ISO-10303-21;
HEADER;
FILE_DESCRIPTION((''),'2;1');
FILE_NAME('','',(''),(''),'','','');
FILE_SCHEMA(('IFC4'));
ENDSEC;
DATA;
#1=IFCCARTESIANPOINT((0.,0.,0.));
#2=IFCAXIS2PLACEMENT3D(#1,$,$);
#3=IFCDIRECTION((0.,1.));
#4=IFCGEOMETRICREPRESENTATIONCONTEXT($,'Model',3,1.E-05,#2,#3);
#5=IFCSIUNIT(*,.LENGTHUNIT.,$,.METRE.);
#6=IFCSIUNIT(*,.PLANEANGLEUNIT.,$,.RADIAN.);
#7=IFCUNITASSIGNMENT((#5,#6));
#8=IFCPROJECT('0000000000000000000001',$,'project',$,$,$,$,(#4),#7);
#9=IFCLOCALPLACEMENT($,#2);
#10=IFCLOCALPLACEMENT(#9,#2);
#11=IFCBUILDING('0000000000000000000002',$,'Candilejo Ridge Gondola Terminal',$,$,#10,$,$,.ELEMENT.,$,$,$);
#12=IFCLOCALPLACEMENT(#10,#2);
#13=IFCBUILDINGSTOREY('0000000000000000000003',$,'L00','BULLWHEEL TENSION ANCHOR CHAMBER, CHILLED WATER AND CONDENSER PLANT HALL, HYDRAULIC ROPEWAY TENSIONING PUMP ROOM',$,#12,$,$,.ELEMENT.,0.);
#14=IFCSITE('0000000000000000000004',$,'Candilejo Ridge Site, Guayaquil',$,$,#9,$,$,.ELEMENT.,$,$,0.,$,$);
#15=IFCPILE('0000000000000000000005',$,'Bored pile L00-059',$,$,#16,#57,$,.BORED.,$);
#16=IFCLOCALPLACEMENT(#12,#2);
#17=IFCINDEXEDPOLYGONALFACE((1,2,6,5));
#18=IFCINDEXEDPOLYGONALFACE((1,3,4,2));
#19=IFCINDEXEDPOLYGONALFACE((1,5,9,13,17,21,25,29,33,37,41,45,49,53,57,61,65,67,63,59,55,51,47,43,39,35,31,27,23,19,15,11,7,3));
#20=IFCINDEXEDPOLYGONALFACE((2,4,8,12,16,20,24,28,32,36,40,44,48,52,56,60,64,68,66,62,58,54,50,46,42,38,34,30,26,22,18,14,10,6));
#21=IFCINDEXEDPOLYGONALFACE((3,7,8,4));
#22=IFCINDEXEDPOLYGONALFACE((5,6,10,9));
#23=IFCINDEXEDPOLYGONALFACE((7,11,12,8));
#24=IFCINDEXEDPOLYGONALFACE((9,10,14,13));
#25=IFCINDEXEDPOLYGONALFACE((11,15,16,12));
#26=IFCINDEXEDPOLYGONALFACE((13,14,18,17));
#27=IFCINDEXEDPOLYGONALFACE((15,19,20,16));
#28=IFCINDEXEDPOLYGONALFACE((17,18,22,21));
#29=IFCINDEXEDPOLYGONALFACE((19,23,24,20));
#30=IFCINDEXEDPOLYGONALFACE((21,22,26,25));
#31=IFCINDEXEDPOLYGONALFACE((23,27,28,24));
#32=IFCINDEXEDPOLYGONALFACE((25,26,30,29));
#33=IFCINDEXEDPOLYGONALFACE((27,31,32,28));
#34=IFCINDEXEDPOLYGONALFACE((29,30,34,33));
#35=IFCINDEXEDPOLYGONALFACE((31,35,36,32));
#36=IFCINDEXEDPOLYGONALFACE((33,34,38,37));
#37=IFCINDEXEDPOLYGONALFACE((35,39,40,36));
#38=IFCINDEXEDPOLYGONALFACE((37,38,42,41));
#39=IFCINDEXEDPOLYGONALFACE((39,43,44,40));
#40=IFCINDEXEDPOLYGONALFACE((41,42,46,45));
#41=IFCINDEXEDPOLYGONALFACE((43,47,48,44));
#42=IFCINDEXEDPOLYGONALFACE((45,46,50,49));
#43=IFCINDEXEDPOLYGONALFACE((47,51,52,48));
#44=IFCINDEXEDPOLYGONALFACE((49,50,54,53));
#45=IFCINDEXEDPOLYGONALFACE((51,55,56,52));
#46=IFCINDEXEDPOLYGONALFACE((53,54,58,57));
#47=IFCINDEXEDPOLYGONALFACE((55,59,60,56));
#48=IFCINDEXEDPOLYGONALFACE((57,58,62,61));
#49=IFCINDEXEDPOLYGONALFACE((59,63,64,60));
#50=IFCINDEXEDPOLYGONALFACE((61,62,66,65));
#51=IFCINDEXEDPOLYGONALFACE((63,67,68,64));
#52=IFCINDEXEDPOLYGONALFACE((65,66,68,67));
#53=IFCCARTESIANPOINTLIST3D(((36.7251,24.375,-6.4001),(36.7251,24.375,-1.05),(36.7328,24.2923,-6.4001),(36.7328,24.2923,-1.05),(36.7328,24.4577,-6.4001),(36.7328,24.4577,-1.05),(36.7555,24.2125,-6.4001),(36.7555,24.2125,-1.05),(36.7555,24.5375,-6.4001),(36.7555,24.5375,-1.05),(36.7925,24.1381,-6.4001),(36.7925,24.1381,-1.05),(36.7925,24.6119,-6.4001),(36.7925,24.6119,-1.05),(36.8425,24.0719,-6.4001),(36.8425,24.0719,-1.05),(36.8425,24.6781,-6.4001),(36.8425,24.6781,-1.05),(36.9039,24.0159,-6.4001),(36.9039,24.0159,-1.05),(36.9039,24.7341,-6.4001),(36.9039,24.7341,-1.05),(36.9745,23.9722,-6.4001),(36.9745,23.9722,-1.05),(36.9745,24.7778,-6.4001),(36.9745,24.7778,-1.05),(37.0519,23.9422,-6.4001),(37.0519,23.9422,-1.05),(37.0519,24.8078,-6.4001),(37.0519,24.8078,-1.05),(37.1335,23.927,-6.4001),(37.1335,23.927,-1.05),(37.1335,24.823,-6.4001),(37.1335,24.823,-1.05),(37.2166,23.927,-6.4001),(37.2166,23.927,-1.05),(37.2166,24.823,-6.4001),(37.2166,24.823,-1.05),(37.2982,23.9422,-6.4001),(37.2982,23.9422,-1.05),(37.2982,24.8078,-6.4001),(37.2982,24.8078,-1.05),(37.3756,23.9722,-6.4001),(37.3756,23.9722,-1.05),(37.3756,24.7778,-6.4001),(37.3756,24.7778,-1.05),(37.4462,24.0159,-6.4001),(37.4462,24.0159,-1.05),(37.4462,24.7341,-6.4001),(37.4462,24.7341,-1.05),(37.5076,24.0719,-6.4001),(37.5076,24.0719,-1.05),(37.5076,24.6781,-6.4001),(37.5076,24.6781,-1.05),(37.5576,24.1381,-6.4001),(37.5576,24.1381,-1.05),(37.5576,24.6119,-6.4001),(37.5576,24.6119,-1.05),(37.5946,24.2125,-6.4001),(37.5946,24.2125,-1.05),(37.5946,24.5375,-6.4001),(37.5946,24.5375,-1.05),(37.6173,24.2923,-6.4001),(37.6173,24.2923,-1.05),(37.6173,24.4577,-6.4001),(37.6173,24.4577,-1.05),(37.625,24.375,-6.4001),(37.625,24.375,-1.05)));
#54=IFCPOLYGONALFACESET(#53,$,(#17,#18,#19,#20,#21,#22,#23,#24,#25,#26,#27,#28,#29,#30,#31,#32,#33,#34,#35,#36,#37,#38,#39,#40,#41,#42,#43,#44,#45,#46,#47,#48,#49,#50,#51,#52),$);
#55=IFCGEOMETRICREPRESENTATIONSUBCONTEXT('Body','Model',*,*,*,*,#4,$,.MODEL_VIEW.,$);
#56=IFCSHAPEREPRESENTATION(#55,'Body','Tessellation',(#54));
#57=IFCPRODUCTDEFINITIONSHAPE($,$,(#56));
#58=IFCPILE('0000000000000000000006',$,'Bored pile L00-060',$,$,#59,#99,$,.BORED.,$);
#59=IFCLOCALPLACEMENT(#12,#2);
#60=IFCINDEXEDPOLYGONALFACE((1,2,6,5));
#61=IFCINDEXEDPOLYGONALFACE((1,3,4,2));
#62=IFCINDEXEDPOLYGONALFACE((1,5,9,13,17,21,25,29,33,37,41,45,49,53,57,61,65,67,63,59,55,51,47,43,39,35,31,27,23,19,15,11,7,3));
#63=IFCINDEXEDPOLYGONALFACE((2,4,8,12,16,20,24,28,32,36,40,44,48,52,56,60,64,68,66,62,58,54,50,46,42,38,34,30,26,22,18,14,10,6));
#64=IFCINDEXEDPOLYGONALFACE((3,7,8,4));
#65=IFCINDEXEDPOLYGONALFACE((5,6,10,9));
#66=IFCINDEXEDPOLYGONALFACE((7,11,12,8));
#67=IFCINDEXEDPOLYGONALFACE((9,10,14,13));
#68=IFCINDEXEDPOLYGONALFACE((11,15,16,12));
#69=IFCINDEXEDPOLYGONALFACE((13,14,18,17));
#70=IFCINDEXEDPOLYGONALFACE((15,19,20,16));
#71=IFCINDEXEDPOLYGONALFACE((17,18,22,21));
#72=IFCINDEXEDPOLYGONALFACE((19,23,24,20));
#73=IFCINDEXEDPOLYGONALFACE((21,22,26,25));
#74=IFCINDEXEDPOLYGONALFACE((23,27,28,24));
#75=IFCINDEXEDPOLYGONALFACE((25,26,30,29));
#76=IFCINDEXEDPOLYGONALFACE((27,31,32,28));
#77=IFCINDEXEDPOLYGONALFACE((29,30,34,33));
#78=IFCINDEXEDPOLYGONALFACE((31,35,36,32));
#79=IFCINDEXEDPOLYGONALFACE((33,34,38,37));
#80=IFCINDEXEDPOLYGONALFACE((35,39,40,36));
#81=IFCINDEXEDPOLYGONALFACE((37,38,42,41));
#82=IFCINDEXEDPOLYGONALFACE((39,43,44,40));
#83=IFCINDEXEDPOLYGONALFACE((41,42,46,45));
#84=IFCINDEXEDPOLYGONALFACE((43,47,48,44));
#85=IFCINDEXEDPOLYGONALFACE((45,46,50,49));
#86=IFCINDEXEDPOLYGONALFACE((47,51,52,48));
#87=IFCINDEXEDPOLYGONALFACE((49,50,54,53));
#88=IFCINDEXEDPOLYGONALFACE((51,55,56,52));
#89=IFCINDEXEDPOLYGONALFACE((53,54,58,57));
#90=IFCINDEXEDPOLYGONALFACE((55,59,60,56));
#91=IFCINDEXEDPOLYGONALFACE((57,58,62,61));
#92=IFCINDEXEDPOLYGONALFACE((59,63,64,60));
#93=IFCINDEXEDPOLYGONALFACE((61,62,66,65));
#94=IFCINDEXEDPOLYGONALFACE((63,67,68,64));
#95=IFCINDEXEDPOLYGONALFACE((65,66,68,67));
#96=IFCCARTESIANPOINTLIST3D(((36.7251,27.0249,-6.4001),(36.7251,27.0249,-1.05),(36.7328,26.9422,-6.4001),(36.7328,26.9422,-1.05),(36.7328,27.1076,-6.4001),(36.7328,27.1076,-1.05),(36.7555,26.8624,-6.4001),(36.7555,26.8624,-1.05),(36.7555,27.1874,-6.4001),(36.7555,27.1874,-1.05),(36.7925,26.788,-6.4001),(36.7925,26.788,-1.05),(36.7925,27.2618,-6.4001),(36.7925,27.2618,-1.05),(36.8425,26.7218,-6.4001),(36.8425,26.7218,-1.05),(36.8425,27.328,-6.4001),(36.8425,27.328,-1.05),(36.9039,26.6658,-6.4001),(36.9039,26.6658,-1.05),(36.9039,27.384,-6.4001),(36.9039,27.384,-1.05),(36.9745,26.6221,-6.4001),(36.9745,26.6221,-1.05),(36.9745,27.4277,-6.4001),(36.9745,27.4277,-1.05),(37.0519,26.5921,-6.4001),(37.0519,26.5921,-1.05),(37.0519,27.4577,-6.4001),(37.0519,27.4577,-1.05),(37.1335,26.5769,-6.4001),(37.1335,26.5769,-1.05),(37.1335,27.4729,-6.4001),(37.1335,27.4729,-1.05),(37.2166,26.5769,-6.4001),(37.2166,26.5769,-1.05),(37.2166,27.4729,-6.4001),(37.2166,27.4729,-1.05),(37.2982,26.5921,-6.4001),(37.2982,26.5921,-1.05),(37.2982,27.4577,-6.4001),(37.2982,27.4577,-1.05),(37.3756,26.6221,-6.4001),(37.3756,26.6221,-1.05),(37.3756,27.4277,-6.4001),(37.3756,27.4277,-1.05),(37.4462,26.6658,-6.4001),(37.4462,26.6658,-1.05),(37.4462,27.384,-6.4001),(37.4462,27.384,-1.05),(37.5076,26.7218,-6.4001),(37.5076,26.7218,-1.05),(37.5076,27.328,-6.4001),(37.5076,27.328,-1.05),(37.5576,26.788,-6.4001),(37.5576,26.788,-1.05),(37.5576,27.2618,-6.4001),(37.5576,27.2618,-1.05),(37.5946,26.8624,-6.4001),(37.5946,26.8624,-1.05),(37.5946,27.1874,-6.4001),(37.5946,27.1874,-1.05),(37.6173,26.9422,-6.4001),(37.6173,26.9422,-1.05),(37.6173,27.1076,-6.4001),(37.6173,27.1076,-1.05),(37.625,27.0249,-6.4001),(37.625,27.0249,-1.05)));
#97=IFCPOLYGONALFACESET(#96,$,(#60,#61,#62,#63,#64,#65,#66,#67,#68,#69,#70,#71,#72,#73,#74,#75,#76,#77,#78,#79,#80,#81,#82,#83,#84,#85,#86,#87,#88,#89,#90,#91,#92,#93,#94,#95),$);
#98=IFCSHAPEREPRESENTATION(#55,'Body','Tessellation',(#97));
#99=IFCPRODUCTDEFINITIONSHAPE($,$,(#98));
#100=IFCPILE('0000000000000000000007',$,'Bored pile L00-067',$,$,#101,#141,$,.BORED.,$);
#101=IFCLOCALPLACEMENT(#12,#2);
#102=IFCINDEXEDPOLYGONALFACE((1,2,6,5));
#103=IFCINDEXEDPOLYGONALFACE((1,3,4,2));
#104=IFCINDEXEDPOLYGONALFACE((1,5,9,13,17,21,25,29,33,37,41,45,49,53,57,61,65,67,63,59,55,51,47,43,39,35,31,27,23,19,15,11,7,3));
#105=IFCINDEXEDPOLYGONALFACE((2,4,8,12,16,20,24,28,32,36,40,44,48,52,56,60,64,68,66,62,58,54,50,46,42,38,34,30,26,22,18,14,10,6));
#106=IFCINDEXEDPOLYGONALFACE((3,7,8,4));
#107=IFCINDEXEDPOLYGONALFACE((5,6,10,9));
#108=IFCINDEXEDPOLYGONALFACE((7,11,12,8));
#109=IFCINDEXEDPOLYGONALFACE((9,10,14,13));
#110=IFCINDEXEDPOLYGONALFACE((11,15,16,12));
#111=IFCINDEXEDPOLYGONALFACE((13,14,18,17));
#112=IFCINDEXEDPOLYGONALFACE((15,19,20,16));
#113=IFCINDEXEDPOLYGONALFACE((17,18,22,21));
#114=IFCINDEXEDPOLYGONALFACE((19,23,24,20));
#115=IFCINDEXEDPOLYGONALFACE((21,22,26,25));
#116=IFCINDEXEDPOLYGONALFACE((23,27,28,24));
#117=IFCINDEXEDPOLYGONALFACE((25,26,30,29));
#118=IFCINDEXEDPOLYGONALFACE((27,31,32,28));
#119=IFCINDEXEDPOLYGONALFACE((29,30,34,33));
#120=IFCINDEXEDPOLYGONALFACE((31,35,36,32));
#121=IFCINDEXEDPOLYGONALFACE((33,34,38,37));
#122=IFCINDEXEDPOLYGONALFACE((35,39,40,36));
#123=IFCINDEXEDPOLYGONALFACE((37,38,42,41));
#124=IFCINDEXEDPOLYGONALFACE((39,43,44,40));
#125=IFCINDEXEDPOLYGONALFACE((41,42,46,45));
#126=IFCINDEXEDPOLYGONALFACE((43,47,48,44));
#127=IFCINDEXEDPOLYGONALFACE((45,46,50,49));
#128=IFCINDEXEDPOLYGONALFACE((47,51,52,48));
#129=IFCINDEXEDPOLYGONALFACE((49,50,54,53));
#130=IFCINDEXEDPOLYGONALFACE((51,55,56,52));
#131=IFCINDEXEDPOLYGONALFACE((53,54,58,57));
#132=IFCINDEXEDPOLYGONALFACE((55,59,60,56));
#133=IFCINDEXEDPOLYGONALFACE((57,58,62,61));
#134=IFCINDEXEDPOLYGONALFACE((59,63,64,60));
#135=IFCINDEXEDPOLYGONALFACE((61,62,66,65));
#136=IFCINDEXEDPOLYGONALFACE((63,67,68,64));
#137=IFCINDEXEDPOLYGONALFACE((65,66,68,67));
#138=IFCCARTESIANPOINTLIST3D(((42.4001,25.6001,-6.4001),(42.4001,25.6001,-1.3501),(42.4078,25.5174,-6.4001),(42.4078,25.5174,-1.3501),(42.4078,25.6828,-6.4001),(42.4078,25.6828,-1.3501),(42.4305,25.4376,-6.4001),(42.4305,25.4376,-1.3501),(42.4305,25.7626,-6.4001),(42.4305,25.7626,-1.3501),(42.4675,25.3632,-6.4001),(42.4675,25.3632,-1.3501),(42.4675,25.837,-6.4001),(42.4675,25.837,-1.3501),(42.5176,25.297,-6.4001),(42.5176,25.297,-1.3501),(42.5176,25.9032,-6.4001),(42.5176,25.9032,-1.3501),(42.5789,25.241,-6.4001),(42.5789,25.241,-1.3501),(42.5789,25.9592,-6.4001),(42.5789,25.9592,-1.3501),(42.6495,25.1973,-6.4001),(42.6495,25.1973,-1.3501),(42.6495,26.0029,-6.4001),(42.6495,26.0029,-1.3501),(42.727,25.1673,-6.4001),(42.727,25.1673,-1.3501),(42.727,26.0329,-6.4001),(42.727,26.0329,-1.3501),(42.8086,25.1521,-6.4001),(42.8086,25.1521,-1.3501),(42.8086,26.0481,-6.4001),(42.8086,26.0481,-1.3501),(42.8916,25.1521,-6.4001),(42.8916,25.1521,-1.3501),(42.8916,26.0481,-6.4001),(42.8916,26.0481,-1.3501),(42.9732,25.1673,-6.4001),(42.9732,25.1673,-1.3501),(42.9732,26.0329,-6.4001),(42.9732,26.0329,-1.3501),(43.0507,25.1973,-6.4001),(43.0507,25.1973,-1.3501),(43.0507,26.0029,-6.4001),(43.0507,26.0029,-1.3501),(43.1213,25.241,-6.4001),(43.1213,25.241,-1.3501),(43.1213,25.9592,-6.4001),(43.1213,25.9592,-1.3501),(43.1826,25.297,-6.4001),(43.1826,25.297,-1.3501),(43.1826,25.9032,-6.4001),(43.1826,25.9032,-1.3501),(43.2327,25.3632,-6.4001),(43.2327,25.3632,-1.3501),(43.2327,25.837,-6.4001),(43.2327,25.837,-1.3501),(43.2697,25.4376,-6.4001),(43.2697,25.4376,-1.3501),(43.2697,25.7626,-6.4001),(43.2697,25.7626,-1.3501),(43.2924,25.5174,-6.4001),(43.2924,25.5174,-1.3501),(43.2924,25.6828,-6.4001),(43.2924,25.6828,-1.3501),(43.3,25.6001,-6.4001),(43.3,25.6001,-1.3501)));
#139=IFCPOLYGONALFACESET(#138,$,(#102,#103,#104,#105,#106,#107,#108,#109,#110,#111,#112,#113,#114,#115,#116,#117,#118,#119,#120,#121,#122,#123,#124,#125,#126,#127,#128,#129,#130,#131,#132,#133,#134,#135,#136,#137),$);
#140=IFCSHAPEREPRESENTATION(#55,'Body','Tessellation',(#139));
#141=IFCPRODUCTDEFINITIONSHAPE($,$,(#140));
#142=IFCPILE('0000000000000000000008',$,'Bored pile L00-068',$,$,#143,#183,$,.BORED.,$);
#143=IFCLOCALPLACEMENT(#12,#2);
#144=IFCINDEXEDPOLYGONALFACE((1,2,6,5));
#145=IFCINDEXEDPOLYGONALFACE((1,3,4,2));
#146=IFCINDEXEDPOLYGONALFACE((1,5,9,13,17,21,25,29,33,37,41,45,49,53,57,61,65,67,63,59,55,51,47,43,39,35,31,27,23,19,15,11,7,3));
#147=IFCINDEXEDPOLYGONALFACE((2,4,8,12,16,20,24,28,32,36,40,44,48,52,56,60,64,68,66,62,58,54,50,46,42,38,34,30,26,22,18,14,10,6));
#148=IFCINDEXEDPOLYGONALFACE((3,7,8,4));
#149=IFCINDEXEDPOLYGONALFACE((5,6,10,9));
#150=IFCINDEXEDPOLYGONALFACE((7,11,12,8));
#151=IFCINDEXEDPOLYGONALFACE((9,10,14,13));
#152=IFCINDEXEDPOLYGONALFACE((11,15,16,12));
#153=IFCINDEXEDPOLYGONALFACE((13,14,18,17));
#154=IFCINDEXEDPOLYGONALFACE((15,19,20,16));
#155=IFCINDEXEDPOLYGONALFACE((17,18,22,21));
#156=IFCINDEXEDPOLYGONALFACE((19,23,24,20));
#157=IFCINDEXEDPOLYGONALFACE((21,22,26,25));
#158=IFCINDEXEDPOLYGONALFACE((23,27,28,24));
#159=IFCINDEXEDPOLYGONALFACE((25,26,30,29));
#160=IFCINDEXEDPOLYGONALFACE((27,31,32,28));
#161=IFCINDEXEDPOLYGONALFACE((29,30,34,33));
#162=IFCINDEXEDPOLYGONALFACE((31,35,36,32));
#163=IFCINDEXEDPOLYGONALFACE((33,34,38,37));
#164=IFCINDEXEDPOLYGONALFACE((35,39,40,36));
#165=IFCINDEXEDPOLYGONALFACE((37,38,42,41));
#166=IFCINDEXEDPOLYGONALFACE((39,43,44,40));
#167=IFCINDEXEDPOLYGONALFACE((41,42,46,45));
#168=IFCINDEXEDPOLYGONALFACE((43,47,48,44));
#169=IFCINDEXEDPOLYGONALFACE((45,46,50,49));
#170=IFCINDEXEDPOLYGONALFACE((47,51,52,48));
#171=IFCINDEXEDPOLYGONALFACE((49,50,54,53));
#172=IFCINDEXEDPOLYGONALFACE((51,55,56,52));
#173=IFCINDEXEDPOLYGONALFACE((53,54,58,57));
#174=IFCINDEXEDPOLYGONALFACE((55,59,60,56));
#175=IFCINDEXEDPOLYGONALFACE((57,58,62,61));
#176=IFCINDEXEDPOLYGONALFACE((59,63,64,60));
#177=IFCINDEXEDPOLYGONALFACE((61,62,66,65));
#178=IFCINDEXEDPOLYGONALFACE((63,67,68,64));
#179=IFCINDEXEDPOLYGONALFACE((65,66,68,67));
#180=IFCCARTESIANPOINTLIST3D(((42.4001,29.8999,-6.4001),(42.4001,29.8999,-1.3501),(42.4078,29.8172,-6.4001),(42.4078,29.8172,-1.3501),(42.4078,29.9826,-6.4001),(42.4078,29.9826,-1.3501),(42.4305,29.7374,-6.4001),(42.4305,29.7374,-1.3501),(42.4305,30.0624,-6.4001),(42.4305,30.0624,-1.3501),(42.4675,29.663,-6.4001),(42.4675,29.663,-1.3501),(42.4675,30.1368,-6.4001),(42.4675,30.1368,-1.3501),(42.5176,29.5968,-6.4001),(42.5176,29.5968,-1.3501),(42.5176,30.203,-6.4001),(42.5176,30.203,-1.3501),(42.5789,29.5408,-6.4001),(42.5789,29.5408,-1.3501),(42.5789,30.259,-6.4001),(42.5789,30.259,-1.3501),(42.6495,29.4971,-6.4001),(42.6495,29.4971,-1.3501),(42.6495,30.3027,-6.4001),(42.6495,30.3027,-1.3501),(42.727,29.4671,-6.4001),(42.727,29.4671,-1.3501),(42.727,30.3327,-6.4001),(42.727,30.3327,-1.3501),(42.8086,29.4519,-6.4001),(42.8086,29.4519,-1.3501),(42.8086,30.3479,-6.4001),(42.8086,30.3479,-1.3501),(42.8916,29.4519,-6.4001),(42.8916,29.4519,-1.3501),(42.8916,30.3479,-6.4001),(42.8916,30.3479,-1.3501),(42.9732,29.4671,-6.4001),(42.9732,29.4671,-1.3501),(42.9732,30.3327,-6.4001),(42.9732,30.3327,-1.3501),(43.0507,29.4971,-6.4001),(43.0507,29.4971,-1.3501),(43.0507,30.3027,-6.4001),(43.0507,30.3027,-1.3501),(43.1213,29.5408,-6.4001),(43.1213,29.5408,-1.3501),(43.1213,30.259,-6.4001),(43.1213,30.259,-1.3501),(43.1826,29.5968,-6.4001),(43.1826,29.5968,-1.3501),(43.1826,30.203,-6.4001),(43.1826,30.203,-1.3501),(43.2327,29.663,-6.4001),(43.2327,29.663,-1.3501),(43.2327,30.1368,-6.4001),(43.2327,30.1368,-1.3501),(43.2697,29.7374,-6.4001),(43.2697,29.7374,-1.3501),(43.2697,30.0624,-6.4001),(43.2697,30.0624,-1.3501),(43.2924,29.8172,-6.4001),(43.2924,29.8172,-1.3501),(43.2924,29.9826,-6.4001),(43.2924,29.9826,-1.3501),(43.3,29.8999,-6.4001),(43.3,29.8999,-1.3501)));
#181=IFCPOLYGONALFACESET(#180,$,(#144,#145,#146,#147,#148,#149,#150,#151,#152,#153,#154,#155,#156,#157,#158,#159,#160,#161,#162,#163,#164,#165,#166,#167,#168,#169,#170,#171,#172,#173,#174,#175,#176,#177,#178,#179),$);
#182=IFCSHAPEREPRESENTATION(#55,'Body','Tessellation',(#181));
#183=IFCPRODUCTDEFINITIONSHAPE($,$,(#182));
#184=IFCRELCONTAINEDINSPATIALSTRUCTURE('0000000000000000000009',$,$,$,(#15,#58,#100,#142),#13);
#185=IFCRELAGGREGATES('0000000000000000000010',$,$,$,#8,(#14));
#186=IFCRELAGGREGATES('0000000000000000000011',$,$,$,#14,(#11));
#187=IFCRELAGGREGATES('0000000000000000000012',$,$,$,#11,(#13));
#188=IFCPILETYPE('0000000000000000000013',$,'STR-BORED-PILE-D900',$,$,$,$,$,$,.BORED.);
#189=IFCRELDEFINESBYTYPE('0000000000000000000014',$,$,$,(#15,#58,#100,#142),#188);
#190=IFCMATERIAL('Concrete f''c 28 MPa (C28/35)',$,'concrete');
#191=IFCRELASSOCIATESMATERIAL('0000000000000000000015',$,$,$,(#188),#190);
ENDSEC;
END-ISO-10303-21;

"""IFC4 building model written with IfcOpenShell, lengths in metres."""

from ifc_helpers import new_model, si_unit, direction, frame, origin, origin_2d, place, context, subcontext, project, spatial, circle, extrude, material, material_profile, profile_set, type_object, element, save


model = new_model("IFC4")

# Units and contexts
model_context = context("Model", 3, precision=1e-05, world=origin(), true_north=direction((0.0, 1.0)))
body_context = subcontext(model_context, "Body", "Model", "MODEL_VIEW")
ifc_project = project(units=[si_unit("LENGTHUNIT", "METRE"), si_unit("PLANEANGLEUNIT", "RADIAN")], contexts=[model_context])

# Site, building, storey
site_placement = place(None, origin())
site = spatial("IfcSite", under=ifc_project, at=site_placement, Name="Candilejo Ridge Site, Guayaquil", CompositionType="ELEMENT", RefElevation=0.0)
building_placement = place(site_placement, origin())
building = spatial("IfcBuilding", under=site, at=building_placement, Name="Candilejo Ridge Gondola Terminal", CompositionType="ELEMENT")
storey_placement = place(building_placement, origin())
storey = spatial("IfcBuildingStorey", under=building, at=storey_placement, Name="L00", Description="BULLWHEEL TENSION ANCHOR CHAMBER, CHILLED WATER AND CONDENSER PLANT HALL, HYDRAULIC ROPEWAY TENSIONING PUMP ROOM", CompositionType="ELEMENT", Elevation=0.0)

# Piles
ifc_material_1 = material(Name="Concrete f'c 28 MPa (C28/35)", Category="concrete")
ifc_material_profile_1 = material_profile(ifc_material_1, circle(Radius=0.45, at=origin_2d()))
ifc_profile_set_1 = profile_set([ifc_material_profile_1], Name="Concrete f'c 28 MPa (C28/35)")
pile_type = type_object("IfcPileType", Name="STR-BORED-PILE-D900", PredefinedType="BORED", material=ifc_profile_set_1)
for number, where, z_axis, x_axis, name in (
    (1, (37.175, 24.375, -1.05), (0.0, 0.0, -1.0), (1.0, 0.0, 0.0), "Bored pile L00-059"),
    (2, (37.175, 27.0249, -1.05), (0.0, 0.0, -1.0), (1.0, 0.0, 0.0), "Bored pile L00-060"),
):
    element("IfcPile", number, at=place(storey_placement, frame(where, z_axis=z_axis, x_axis=x_axis)), inside=storey, type_object=pile_type, Name=name, PredefinedType="BORED", context=body_context, shape_type="SweptSolid", body=[
        extrude(circle(Radius=0.45, at=origin_2d()), origin(), (0.0, 0.0, 1.0), 5.3501),
    ])
for number, where, z_axis, x_axis, name in (
    (3, (42.8501, 25.6001, -1.3501), (0.0, 0.0, -1.0), (1.0, 0.0, 0.0), "Bored pile L00-067"),
    (4, (42.8501, 29.8999, -1.3501), (0.0, 0.0, -1.0), (1.0, 0.0, 0.0), "Bored pile L00-068"),
):
    element("IfcPile", number, at=place(storey_placement, frame(where, z_axis=z_axis, x_axis=x_axis)), inside=storey, type_object=pile_type, Name=name, PredefinedType="BORED", context=body_context, shape_type="SweptSolid", body=[
        extrude(circle(Radius=0.45, at=origin_2d()), origin(), (0.0, 0.0, 1.0), 5.05),
    ])

save(model, "model.ifc")
